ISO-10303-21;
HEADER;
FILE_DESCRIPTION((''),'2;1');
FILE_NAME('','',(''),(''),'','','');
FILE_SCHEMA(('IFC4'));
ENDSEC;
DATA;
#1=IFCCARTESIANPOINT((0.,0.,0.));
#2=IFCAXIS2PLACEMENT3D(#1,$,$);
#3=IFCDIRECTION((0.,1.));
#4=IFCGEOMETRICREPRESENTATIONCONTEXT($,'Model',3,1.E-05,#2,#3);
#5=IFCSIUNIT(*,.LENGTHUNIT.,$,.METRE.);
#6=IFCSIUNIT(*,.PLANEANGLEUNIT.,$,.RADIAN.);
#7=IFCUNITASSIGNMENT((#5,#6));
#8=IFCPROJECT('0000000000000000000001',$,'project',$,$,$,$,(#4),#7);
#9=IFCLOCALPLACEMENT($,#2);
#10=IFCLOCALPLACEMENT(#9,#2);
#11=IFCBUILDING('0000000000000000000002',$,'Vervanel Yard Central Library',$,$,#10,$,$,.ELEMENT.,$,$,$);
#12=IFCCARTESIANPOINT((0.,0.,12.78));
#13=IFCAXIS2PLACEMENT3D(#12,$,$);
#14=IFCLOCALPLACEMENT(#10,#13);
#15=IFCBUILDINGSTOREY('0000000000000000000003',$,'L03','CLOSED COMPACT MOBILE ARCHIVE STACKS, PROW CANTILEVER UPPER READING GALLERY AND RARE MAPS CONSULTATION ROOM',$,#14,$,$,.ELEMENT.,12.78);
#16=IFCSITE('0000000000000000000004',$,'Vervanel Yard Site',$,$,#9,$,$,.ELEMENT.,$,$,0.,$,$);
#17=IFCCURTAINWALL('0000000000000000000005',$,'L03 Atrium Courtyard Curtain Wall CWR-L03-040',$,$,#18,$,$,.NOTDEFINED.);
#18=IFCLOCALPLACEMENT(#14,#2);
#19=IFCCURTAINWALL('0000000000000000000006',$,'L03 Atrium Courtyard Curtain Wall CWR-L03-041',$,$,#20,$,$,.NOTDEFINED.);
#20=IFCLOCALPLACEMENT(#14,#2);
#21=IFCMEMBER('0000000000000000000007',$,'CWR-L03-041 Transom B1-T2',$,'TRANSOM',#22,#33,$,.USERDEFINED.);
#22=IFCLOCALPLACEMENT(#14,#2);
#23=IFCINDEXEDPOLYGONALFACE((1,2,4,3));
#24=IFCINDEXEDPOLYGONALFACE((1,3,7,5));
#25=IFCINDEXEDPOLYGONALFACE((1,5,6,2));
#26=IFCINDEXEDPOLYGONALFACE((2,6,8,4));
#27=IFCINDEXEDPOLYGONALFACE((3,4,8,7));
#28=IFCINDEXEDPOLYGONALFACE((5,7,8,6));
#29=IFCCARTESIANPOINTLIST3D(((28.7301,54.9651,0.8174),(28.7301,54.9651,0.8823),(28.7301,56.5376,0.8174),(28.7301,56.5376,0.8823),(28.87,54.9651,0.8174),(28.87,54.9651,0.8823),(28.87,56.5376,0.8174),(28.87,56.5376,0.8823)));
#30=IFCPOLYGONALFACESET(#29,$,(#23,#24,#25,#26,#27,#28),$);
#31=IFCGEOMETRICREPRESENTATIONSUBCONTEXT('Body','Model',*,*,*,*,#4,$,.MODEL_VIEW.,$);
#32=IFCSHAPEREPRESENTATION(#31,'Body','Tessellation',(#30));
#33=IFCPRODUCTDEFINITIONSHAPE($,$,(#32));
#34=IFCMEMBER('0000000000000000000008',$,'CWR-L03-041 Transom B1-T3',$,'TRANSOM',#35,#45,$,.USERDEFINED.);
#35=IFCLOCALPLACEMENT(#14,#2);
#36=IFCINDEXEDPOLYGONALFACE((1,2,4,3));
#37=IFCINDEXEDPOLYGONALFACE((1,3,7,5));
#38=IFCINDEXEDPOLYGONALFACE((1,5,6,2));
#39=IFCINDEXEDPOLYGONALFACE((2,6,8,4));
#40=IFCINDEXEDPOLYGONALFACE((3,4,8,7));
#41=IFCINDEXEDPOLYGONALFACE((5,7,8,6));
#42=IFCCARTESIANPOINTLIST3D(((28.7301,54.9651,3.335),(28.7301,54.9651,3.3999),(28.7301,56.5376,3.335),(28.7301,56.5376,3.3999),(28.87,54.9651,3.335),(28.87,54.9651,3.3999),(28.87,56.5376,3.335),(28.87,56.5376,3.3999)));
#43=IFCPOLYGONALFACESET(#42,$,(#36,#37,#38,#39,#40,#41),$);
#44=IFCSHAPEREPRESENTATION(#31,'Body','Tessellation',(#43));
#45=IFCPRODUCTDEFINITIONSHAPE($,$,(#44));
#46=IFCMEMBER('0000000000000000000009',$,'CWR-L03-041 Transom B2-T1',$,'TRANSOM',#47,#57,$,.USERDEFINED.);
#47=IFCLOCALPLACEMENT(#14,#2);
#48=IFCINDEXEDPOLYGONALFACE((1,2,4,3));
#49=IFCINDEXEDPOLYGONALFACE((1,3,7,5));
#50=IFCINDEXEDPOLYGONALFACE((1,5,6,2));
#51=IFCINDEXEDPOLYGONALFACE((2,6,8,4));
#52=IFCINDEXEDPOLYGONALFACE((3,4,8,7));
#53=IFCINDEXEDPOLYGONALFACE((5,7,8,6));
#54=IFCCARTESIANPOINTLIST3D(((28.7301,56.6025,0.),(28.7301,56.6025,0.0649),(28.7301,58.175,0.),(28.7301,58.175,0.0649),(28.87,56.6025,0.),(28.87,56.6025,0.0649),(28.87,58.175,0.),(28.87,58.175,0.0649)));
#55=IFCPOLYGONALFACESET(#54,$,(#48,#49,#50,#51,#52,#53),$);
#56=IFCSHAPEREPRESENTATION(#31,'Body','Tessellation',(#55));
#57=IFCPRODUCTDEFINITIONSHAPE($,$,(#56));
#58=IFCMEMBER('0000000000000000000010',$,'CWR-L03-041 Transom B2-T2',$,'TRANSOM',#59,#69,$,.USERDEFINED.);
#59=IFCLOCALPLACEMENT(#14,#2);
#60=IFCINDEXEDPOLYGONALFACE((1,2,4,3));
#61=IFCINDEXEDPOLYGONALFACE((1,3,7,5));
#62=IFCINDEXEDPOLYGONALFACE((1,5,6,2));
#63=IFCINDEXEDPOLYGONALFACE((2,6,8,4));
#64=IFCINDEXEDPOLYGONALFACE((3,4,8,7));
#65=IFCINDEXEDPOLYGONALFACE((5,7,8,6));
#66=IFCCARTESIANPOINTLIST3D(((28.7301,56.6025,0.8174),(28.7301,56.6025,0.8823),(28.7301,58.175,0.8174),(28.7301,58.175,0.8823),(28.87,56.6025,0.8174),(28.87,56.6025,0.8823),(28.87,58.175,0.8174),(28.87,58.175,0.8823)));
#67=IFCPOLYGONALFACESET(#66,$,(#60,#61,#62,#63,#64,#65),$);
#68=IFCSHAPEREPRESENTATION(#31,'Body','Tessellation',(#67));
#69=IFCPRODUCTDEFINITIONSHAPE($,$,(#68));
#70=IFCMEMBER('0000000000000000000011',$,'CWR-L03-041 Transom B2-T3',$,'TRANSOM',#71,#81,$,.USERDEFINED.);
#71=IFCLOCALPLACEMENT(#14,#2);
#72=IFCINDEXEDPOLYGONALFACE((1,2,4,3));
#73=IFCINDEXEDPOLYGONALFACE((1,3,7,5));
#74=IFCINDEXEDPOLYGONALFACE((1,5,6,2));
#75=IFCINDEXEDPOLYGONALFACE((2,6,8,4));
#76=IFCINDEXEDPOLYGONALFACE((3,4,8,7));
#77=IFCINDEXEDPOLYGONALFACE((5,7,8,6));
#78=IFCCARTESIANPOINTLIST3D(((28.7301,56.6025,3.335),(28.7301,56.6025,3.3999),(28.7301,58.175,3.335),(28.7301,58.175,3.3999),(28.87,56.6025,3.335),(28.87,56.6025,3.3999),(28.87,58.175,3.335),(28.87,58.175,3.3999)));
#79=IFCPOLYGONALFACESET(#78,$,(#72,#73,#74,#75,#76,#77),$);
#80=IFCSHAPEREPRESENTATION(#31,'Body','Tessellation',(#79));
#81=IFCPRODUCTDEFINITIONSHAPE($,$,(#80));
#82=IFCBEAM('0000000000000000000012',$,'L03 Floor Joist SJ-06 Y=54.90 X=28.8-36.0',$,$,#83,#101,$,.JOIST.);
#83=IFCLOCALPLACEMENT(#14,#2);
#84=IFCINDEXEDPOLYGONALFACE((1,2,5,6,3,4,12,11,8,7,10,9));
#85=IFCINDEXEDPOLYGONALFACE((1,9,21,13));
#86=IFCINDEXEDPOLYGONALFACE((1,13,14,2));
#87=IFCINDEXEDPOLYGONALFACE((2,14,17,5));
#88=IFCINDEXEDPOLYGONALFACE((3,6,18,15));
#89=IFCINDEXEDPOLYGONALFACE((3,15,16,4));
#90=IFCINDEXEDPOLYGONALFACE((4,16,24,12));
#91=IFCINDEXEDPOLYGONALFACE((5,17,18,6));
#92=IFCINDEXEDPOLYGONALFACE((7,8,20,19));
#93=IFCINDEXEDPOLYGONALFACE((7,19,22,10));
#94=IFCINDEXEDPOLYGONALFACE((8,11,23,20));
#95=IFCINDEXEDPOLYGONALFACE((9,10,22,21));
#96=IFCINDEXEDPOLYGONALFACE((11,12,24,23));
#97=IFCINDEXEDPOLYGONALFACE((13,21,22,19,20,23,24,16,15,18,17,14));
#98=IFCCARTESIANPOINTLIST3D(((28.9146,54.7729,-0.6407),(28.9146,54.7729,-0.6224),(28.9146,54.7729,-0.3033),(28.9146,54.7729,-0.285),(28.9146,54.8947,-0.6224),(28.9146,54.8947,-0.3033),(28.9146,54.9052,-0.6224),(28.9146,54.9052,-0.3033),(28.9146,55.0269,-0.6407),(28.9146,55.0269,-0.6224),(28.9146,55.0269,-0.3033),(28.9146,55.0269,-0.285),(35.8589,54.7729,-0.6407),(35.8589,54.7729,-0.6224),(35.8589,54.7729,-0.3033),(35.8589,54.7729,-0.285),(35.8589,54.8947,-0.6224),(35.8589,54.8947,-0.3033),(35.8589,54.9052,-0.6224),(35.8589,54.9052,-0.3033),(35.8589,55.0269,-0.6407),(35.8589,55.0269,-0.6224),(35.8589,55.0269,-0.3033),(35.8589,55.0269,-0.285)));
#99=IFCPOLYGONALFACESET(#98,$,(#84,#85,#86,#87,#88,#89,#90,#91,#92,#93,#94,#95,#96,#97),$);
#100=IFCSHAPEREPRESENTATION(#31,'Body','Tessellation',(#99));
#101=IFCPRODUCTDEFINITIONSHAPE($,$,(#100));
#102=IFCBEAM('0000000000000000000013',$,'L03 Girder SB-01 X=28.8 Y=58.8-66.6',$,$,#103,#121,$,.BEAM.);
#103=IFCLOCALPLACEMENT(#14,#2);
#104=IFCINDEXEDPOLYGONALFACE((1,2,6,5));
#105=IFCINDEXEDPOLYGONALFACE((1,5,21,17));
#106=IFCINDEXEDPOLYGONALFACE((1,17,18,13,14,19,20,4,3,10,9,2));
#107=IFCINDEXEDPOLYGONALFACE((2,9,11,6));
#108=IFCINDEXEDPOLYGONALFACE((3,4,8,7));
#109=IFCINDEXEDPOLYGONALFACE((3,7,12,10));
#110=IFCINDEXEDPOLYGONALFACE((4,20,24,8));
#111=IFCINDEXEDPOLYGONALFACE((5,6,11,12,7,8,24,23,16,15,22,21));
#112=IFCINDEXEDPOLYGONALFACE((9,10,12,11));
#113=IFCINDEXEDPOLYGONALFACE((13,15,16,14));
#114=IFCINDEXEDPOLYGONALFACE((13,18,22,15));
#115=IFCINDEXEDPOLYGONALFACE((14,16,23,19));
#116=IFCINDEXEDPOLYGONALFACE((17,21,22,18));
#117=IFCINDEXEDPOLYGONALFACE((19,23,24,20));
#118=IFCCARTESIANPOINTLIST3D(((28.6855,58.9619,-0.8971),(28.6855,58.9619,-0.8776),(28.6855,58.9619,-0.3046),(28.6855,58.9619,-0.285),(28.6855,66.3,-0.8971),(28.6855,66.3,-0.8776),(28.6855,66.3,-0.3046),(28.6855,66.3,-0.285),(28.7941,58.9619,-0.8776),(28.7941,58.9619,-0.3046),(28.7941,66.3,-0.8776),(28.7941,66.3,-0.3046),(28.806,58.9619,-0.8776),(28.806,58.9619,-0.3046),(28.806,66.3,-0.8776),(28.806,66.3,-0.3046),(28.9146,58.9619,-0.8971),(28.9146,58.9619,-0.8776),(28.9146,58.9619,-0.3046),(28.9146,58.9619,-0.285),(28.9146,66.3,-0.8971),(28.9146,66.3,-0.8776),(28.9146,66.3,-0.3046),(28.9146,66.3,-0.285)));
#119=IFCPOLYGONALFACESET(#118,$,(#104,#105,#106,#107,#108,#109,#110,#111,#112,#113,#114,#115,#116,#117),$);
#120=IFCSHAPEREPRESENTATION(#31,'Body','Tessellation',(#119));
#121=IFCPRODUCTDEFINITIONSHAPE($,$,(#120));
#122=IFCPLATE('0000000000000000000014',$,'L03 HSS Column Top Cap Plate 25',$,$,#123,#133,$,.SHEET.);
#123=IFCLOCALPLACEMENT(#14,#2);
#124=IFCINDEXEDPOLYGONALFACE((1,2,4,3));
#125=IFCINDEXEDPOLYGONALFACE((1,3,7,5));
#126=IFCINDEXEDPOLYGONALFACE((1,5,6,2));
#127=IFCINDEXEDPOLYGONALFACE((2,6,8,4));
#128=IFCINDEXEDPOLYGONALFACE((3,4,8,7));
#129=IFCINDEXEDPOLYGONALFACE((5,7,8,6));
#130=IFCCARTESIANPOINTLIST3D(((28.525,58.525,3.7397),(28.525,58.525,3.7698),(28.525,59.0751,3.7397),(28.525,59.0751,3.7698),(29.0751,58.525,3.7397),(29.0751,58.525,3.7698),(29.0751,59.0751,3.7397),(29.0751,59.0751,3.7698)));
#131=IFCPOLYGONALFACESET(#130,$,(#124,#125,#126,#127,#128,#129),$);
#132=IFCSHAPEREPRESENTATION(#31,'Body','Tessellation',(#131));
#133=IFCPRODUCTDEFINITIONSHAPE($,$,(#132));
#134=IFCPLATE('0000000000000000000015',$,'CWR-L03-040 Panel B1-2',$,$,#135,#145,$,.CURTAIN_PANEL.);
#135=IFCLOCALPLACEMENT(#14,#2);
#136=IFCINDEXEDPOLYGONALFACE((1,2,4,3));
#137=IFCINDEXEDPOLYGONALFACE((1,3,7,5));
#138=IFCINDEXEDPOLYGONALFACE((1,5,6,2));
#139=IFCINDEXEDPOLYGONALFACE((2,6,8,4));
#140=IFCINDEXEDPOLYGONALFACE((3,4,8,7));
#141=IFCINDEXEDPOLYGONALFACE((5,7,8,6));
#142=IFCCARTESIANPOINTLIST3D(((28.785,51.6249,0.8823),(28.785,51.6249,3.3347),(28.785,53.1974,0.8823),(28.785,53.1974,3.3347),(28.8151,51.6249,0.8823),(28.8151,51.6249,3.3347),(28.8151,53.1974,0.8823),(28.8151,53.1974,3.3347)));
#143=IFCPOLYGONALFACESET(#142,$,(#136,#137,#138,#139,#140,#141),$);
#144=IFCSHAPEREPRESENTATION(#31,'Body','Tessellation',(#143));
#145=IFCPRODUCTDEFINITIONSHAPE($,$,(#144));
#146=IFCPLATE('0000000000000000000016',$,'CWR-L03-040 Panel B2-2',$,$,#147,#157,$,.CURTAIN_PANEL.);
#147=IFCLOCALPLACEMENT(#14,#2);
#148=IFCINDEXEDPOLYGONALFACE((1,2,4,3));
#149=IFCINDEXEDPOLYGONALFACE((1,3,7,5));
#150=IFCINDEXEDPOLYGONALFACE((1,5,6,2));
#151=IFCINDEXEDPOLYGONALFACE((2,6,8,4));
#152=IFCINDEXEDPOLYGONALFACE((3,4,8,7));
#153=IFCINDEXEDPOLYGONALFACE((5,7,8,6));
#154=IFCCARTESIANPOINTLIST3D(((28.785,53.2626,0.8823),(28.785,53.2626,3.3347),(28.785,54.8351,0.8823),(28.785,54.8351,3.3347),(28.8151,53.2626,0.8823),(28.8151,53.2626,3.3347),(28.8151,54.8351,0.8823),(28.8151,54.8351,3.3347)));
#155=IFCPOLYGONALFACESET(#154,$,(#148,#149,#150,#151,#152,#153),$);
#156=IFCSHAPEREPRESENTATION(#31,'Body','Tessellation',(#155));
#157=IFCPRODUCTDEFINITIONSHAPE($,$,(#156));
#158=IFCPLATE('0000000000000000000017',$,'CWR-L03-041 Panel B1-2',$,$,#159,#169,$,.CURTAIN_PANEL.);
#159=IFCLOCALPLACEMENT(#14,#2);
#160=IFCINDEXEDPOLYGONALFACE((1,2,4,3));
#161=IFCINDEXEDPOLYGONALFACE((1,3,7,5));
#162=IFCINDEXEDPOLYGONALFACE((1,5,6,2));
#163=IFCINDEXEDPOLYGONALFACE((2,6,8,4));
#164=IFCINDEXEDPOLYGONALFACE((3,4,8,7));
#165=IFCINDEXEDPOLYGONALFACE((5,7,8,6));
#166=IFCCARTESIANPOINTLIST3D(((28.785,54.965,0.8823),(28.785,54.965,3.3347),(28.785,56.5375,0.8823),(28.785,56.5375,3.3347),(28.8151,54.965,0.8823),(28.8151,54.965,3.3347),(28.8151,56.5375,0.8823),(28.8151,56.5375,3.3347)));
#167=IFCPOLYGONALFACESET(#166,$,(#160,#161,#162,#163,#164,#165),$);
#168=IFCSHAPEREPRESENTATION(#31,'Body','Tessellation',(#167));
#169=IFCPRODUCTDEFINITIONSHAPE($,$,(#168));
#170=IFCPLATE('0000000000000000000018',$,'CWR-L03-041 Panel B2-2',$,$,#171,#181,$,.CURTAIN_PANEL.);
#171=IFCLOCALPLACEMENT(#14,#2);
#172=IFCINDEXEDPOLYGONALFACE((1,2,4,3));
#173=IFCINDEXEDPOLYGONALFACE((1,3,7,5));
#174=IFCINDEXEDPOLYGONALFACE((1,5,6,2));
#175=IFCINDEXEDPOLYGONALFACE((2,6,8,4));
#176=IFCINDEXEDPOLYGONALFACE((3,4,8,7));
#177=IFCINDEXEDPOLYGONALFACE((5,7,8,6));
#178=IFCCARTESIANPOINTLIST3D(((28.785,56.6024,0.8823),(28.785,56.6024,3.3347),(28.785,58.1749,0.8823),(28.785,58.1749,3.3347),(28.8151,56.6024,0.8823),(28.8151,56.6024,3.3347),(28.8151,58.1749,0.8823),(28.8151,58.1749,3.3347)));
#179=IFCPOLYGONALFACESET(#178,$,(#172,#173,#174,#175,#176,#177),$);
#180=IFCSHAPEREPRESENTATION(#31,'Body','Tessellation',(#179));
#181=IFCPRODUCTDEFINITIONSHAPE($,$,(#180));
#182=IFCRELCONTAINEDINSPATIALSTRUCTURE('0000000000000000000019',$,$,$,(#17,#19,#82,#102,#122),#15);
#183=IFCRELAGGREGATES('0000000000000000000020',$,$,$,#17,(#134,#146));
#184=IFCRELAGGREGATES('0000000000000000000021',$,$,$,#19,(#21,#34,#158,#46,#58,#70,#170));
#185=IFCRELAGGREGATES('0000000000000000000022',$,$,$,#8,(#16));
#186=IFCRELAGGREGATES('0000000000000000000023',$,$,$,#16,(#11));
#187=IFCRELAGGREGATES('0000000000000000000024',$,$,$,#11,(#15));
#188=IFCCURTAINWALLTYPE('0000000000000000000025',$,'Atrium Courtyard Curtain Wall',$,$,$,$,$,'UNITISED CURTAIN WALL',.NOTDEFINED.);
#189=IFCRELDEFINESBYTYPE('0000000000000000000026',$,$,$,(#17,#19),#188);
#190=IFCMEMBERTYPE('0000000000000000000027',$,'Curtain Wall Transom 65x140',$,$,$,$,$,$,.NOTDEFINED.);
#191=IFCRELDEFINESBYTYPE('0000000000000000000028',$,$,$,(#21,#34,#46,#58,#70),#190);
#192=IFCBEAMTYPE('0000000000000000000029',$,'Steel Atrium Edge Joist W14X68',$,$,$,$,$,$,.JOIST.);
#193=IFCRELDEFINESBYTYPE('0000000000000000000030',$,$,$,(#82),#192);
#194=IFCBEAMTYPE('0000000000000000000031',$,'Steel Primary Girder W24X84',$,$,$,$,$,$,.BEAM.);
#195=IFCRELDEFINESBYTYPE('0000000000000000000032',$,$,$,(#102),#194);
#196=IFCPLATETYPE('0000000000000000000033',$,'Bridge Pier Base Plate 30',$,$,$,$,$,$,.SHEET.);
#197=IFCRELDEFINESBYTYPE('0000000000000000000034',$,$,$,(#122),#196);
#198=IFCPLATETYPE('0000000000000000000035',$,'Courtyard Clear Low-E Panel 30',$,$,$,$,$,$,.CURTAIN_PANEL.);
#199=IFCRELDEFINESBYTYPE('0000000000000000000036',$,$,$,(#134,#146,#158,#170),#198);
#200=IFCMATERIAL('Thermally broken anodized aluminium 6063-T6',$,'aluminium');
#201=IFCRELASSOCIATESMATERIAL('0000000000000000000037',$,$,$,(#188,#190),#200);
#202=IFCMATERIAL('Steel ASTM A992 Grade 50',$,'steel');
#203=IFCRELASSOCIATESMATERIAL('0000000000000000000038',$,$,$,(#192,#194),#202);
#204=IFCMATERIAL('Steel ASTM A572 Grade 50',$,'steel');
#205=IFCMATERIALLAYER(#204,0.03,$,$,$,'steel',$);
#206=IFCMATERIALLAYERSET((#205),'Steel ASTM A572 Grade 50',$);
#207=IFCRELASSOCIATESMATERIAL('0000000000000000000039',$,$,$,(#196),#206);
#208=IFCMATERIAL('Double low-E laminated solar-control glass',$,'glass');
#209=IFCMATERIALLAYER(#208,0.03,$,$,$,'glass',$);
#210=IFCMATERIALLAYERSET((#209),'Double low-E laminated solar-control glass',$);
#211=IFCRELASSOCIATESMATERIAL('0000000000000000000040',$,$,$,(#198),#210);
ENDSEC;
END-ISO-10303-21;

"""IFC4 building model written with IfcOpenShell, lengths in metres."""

from ifc_helpers import new_model, si_unit, direction, frame, origin, origin_2d, place, context, subcontext, project, spatial, rectangle, i_section, extrude, material, layer, layer_set, material_profile, profile_set, type_object, element, aggregate, save


model = new_model("IFC4")

# Units and contexts
model_context = context("Model", 3, precision=1e-05, world=origin(), true_north=direction((0.0, 1.0)))
body_context = subcontext(model_context, "Body", "Model", "MODEL_VIEW")
ifc_project = project(units=[si_unit("LENGTHUNIT", "METRE"), si_unit("PLANEANGLEUNIT", "RADIAN")], contexts=[model_context])

# Site, building, storey
site_placement = place(None, origin())
site = spatial("IfcSite", under=ifc_project, at=site_placement, Name="Vervanel Yard Site", CompositionType="ELEMENT", RefElevation=0.0)
building_placement = place(site_placement, origin())
building = spatial("IfcBuilding", under=site, at=building_placement, Name="Vervanel Yard Central Library", CompositionType="ELEMENT")
storey_placement = place(building_placement, frame((0.0, 0.0, 12.78)))
storey = spatial("IfcBuildingStorey", under=building, at=storey_placement, Name="L03", Description="CLOSED COMPACT MOBILE ARCHIVE STACKS, PROW CANTILEVER UPPER READING GALLERY AND RARE MAPS CONSULTATION ROOM", CompositionType="ELEMENT", Elevation=12.78)

# Curtain walls
ifc_material_1 = material(Name="Thermally broken anodized aluminium 6063-T6", Category="aluminium")
curtain_wall_type = type_object("IfcCurtainWallType", Name="Atrium Courtyard Curtain Wall", ElementType="UNITISED CURTAIN WALL", PredefinedType="NOTDEFINED", material=ifc_material_1)
curtain_wall_1_placement = place(storey_placement, origin())
curtain_wall_1 = element("IfcCurtainWall", 1, at=curtain_wall_1_placement, inside=storey, type_object=curtain_wall_type, Name="L03 Atrium Courtyard Curtain Wall CWR-L03-040", PredefinedType="NOTDEFINED")
curtain_wall_2_placement = place(storey_placement, origin())
curtain_wall_2 = element("IfcCurtainWall", 2, at=curtain_wall_2_placement, inside=storey, type_object=curtain_wall_type, Name="L03 Atrium Courtyard Curtain Wall CWR-L03-041", PredefinedType="NOTDEFINED")

# Members
ifc_material_profile_1 = material_profile(ifc_material_1, rectangle(XDim=0.0649, YDim=0.1399, at=origin_2d()), Name="ALU 65x140", Category="aluminium")
ifc_profile_set_1 = profile_set([ifc_material_profile_1], Name="Thermally broken anodized aluminium 6063-T6")
member_type_1 = type_object("IfcMemberType", Name="Curtain Wall Transom 65x140", PredefinedType="NOTDEFINED", material=ifc_profile_set_1)
member_1_placement = place(storey_placement, frame((28.8, 54.9651, 0.8499), z_axis=(0.0, 1.0, 0.0), x_axis=(0.0, 0.0, 1.0)))
member_1 = element("IfcMember", 3, at=member_1_placement, type_object=member_type_1, Name="CWR-L03-041 Transom B1-T2", ObjectType="TRANSOM", PredefinedType="USERDEFINED", context=body_context, shape_type="SweptSolid", body=[
    extrude(rectangle(XDim=0.0649, YDim=0.1399, at=origin_2d()), origin(), (0.0, 0.0, 1.0), 1.5725),
])
member_2_placement = place(storey_placement, frame((28.8, 54.9651, 3.3674), z_axis=(0.0, 1.0, 0.0), x_axis=(0.0, 0.0, 1.0)))
member_2 = element("IfcMember", 4, at=member_2_placement, type_object=member_type_1, Name="CWR-L03-041 Transom B1-T3", ObjectType="TRANSOM", PredefinedType="USERDEFINED", context=body_context, shape_type="SweptSolid", body=[
    extrude(rectangle(XDim=0.0649, YDim=0.1399, at=origin_2d()), origin(), (0.0, 0.0, 1.0), 1.5725),
])
member_3_placement = place(storey_placement, frame((28.8, 56.6025, 0.0325), z_axis=(0.0, 1.0, 0.0), x_axis=(0.0, 0.0, 1.0)))
member_3 = element("IfcMember", 5, at=member_3_placement, type_object=member_type_1, Name="CWR-L03-041 Transom B2-T1", ObjectType="TRANSOM", PredefinedType="USERDEFINED", context=body_context, shape_type="SweptSolid", body=[
    extrude(rectangle(XDim=0.0649, YDim=0.1399, at=origin_2d()), origin(), (0.0, 0.0, 1.0), 1.5725),
])
member_4_placement = place(storey_placement, frame((28.8, 56.6025, 0.8499), z_axis=(0.0, 1.0, 0.0), x_axis=(0.0, 0.0, 1.0)))
member_4 = element("IfcMember", 6, at=member_4_placement, type_object=member_type_1, Name="CWR-L03-041 Transom B2-T2", ObjectType="TRANSOM", PredefinedType="USERDEFINED", context=body_context, shape_type="SweptSolid", body=[
    extrude(rectangle(XDim=0.0649, YDim=0.1399, at=origin_2d()), origin(), (0.0, 0.0, 1.0), 1.5725),
])
member_5_placement = place(storey_placement, frame((28.8, 56.6025, 3.3674), z_axis=(0.0, 1.0, 0.0), x_axis=(0.0, 0.0, 1.0)))
member_5 = element("IfcMember", 7, at=member_5_placement, type_object=member_type_1, Name="CWR-L03-041 Transom B2-T3", ObjectType="TRANSOM", PredefinedType="USERDEFINED", context=body_context, shape_type="SweptSolid", body=[
    extrude(rectangle(XDim=0.0649, YDim=0.1399, at=origin_2d()), origin(), (0.0, 0.0, 1.0), 1.5725),
])

# Beams
ifc_material_2 = material(Name="Steel ASTM A992 Grade 50", Category="steel")
ifc_material_profile_2 = material_profile(ifc_material_2, i_section(OverallWidth=0.2539, OverallDepth=0.3557, WebThickness=0.0105, FlangeThickness=0.0183, at=origin_2d()), Name="W14X68", Category="steel")
ifc_profile_set_2 = profile_set([ifc_material_profile_2], Name="Steel ASTM A992 Grade 50")
beam_type_1 = type_object("IfcBeamType", Name="Steel Atrium Edge Joist W14X68", PredefinedType="JOIST", material=ifc_profile_set_2)
beam_1_placement = place(storey_placement, frame((28.9146, 54.8999, -0.4629), z_axis=(1.0, 0.0, 0.0), x_axis=(0.0, 1.0, 0.0)))
element("IfcBeam", 8, at=beam_1_placement, inside=storey, type_object=beam_type_1, Name="L03 Floor Joist SJ-06 Y=54.90 X=28.8-36.0", PredefinedType="JOIST", context=body_context, shape_type="SweptSolid", body=[
    extrude(i_section(OverallWidth=0.2539, OverallDepth=0.3557, WebThickness=0.0105, FlangeThickness=0.0183, at=origin_2d()), origin(), (0.0, 0.0, 1.0), 6.9443),
])
ifc_material_profile_3 = material_profile(ifc_material_2, i_section(OverallWidth=0.229, OverallDepth=0.6121, WebThickness=0.012, FlangeThickness=0.0195, at=origin_2d()), Name="W24X84", Category="steel")
ifc_profile_set_3 = profile_set([ifc_material_profile_3], Name="Steel ASTM A992 Grade 50")
beam_type_2 = type_object("IfcBeamType", Name="Steel Primary Girder W24X84", PredefinedType="BEAM", material=ifc_profile_set_3)
beam_2_placement = place(storey_placement, frame((28.8, 58.9619, -0.5911), z_axis=(0.0, 1.0, 0.0), x_axis=(-1.0, 0.0, 0.0)))
element("IfcBeam", 9, at=beam_2_placement, inside=storey, type_object=beam_type_2, Name="L03 Girder SB-01 X=28.8 Y=58.8-66.6", PredefinedType="BEAM", context=body_context, shape_type="SweptSolid", body=[
    extrude(i_section(OverallWidth=0.229, OverallDepth=0.6121, WebThickness=0.012, FlangeThickness=0.0195, at=origin_2d()), origin(), (0.0, 0.0, 1.0), 7.3381),
])

# Plates
ifc_material_3 = material(Name="Steel ASTM A572 Grade 50", Category="steel")
ifc_layer_1 = layer(ifc_material_3, 0.03, Category="steel")
ifc_layer_set_1 = layer_set([ifc_layer_1], Name="Steel ASTM A572 Grade 50")
plate_type_1 = type_object("IfcPlateType", Name="Bridge Pier Base Plate 30", PredefinedType="SHEET", material=ifc_layer_set_1)
plate_1_placement = place(storey_placement, frame((28.8, 58.8, 3.7397), z_axis=(0.0, 0.0, 1.0), x_axis=(1.0, 0.0, 0.0)))
element("IfcPlate", 10, at=plate_1_placement, inside=storey, type_object=plate_type_1, Name="L03 HSS Column Top Cap Plate 25", PredefinedType="SHEET", context=body_context, shape_type="SweptSolid", body=[
    extrude(rectangle(XDim=0.55, YDim=0.55, at=origin_2d()), origin(), (0.0, 0.0, 1.0), 0.03),
])
ifc_material_4 = material(Name="Double low-E laminated solar-control glass", Category="glass")
ifc_layer_2 = layer(ifc_material_4, 0.03, Category="glass")
ifc_layer_set_2 = layer_set([ifc_layer_2], Name="Double low-E laminated solar-control glass")
plate_type_2 = type_object("IfcPlateType", Name="Courtyard Clear Low-E Panel 30", PredefinedType="CURTAIN_PANEL", material=ifc_layer_set_2)
plate_2_placement = place(storey_placement, frame((28.8, 52.4111, 0.8823), z_axis=(0.0, 0.0, 1.0), x_axis=(0.0, 1.0, 0.0)))
plate_2 = element("IfcPlate", 11, at=plate_2_placement, type_object=plate_type_2, Name="CWR-L03-040 Panel B1-2", PredefinedType="CURTAIN_PANEL", context=body_context, shape_type="SweptSolid", body=[
    extrude(rectangle(XDim=1.5725, YDim=0.03, at=origin_2d()), origin(), (0.0, 0.0, 1.0), 2.4524),
])
plate_3_placement = place(storey_placement, frame((28.8, 54.0488, 0.8823), z_axis=(0.0, 0.0, 1.0), x_axis=(0.0, 1.0, 0.0)))
plate_3 = element("IfcPlate", 12, at=plate_3_placement, type_object=plate_type_2, Name="CWR-L03-040 Panel B2-2", PredefinedType="CURTAIN_PANEL", context=body_context, shape_type="SweptSolid", body=[
    extrude(rectangle(XDim=1.5725, YDim=0.03, at=origin_2d()), origin(), (0.0, 0.0, 1.0), 2.4524),
])
plate_4_placement = place(storey_placement, frame((28.8, 55.7512, 0.8823), z_axis=(0.0, 0.0, 1.0), x_axis=(0.0, 1.0, 0.0)))
plate_4 = element("IfcPlate", 13, at=plate_4_placement, type_object=plate_type_2, Name="CWR-L03-041 Panel B1-2", PredefinedType="CURTAIN_PANEL", context=body_context, shape_type="SweptSolid", body=[
    extrude(rectangle(XDim=1.5725, YDim=0.03, at=origin_2d()), origin(), (0.0, 0.0, 1.0), 2.4524),
])
plate_5_placement = place(storey_placement, frame((28.8, 57.3887, 0.8823), z_axis=(0.0, 0.0, 1.0), x_axis=(0.0, 1.0, 0.0)))
plate_5 = element("IfcPlate", 14, at=plate_5_placement, type_object=plate_type_2, Name="CWR-L03-041 Panel B2-2", PredefinedType="CURTAIN_PANEL", context=body_context, shape_type="SweptSolid", body=[
    extrude(rectangle(XDim=1.5725, YDim=0.03, at=origin_2d()), origin(), (0.0, 0.0, 1.0), 2.4524),
])
aggregate(curtain_wall_1, [plate_2, plate_3])
aggregate(curtain_wall_2, [member_1, member_2, plate_4, member_3, member_4, member_5, plate_5])

save(model, "model.ifc")
